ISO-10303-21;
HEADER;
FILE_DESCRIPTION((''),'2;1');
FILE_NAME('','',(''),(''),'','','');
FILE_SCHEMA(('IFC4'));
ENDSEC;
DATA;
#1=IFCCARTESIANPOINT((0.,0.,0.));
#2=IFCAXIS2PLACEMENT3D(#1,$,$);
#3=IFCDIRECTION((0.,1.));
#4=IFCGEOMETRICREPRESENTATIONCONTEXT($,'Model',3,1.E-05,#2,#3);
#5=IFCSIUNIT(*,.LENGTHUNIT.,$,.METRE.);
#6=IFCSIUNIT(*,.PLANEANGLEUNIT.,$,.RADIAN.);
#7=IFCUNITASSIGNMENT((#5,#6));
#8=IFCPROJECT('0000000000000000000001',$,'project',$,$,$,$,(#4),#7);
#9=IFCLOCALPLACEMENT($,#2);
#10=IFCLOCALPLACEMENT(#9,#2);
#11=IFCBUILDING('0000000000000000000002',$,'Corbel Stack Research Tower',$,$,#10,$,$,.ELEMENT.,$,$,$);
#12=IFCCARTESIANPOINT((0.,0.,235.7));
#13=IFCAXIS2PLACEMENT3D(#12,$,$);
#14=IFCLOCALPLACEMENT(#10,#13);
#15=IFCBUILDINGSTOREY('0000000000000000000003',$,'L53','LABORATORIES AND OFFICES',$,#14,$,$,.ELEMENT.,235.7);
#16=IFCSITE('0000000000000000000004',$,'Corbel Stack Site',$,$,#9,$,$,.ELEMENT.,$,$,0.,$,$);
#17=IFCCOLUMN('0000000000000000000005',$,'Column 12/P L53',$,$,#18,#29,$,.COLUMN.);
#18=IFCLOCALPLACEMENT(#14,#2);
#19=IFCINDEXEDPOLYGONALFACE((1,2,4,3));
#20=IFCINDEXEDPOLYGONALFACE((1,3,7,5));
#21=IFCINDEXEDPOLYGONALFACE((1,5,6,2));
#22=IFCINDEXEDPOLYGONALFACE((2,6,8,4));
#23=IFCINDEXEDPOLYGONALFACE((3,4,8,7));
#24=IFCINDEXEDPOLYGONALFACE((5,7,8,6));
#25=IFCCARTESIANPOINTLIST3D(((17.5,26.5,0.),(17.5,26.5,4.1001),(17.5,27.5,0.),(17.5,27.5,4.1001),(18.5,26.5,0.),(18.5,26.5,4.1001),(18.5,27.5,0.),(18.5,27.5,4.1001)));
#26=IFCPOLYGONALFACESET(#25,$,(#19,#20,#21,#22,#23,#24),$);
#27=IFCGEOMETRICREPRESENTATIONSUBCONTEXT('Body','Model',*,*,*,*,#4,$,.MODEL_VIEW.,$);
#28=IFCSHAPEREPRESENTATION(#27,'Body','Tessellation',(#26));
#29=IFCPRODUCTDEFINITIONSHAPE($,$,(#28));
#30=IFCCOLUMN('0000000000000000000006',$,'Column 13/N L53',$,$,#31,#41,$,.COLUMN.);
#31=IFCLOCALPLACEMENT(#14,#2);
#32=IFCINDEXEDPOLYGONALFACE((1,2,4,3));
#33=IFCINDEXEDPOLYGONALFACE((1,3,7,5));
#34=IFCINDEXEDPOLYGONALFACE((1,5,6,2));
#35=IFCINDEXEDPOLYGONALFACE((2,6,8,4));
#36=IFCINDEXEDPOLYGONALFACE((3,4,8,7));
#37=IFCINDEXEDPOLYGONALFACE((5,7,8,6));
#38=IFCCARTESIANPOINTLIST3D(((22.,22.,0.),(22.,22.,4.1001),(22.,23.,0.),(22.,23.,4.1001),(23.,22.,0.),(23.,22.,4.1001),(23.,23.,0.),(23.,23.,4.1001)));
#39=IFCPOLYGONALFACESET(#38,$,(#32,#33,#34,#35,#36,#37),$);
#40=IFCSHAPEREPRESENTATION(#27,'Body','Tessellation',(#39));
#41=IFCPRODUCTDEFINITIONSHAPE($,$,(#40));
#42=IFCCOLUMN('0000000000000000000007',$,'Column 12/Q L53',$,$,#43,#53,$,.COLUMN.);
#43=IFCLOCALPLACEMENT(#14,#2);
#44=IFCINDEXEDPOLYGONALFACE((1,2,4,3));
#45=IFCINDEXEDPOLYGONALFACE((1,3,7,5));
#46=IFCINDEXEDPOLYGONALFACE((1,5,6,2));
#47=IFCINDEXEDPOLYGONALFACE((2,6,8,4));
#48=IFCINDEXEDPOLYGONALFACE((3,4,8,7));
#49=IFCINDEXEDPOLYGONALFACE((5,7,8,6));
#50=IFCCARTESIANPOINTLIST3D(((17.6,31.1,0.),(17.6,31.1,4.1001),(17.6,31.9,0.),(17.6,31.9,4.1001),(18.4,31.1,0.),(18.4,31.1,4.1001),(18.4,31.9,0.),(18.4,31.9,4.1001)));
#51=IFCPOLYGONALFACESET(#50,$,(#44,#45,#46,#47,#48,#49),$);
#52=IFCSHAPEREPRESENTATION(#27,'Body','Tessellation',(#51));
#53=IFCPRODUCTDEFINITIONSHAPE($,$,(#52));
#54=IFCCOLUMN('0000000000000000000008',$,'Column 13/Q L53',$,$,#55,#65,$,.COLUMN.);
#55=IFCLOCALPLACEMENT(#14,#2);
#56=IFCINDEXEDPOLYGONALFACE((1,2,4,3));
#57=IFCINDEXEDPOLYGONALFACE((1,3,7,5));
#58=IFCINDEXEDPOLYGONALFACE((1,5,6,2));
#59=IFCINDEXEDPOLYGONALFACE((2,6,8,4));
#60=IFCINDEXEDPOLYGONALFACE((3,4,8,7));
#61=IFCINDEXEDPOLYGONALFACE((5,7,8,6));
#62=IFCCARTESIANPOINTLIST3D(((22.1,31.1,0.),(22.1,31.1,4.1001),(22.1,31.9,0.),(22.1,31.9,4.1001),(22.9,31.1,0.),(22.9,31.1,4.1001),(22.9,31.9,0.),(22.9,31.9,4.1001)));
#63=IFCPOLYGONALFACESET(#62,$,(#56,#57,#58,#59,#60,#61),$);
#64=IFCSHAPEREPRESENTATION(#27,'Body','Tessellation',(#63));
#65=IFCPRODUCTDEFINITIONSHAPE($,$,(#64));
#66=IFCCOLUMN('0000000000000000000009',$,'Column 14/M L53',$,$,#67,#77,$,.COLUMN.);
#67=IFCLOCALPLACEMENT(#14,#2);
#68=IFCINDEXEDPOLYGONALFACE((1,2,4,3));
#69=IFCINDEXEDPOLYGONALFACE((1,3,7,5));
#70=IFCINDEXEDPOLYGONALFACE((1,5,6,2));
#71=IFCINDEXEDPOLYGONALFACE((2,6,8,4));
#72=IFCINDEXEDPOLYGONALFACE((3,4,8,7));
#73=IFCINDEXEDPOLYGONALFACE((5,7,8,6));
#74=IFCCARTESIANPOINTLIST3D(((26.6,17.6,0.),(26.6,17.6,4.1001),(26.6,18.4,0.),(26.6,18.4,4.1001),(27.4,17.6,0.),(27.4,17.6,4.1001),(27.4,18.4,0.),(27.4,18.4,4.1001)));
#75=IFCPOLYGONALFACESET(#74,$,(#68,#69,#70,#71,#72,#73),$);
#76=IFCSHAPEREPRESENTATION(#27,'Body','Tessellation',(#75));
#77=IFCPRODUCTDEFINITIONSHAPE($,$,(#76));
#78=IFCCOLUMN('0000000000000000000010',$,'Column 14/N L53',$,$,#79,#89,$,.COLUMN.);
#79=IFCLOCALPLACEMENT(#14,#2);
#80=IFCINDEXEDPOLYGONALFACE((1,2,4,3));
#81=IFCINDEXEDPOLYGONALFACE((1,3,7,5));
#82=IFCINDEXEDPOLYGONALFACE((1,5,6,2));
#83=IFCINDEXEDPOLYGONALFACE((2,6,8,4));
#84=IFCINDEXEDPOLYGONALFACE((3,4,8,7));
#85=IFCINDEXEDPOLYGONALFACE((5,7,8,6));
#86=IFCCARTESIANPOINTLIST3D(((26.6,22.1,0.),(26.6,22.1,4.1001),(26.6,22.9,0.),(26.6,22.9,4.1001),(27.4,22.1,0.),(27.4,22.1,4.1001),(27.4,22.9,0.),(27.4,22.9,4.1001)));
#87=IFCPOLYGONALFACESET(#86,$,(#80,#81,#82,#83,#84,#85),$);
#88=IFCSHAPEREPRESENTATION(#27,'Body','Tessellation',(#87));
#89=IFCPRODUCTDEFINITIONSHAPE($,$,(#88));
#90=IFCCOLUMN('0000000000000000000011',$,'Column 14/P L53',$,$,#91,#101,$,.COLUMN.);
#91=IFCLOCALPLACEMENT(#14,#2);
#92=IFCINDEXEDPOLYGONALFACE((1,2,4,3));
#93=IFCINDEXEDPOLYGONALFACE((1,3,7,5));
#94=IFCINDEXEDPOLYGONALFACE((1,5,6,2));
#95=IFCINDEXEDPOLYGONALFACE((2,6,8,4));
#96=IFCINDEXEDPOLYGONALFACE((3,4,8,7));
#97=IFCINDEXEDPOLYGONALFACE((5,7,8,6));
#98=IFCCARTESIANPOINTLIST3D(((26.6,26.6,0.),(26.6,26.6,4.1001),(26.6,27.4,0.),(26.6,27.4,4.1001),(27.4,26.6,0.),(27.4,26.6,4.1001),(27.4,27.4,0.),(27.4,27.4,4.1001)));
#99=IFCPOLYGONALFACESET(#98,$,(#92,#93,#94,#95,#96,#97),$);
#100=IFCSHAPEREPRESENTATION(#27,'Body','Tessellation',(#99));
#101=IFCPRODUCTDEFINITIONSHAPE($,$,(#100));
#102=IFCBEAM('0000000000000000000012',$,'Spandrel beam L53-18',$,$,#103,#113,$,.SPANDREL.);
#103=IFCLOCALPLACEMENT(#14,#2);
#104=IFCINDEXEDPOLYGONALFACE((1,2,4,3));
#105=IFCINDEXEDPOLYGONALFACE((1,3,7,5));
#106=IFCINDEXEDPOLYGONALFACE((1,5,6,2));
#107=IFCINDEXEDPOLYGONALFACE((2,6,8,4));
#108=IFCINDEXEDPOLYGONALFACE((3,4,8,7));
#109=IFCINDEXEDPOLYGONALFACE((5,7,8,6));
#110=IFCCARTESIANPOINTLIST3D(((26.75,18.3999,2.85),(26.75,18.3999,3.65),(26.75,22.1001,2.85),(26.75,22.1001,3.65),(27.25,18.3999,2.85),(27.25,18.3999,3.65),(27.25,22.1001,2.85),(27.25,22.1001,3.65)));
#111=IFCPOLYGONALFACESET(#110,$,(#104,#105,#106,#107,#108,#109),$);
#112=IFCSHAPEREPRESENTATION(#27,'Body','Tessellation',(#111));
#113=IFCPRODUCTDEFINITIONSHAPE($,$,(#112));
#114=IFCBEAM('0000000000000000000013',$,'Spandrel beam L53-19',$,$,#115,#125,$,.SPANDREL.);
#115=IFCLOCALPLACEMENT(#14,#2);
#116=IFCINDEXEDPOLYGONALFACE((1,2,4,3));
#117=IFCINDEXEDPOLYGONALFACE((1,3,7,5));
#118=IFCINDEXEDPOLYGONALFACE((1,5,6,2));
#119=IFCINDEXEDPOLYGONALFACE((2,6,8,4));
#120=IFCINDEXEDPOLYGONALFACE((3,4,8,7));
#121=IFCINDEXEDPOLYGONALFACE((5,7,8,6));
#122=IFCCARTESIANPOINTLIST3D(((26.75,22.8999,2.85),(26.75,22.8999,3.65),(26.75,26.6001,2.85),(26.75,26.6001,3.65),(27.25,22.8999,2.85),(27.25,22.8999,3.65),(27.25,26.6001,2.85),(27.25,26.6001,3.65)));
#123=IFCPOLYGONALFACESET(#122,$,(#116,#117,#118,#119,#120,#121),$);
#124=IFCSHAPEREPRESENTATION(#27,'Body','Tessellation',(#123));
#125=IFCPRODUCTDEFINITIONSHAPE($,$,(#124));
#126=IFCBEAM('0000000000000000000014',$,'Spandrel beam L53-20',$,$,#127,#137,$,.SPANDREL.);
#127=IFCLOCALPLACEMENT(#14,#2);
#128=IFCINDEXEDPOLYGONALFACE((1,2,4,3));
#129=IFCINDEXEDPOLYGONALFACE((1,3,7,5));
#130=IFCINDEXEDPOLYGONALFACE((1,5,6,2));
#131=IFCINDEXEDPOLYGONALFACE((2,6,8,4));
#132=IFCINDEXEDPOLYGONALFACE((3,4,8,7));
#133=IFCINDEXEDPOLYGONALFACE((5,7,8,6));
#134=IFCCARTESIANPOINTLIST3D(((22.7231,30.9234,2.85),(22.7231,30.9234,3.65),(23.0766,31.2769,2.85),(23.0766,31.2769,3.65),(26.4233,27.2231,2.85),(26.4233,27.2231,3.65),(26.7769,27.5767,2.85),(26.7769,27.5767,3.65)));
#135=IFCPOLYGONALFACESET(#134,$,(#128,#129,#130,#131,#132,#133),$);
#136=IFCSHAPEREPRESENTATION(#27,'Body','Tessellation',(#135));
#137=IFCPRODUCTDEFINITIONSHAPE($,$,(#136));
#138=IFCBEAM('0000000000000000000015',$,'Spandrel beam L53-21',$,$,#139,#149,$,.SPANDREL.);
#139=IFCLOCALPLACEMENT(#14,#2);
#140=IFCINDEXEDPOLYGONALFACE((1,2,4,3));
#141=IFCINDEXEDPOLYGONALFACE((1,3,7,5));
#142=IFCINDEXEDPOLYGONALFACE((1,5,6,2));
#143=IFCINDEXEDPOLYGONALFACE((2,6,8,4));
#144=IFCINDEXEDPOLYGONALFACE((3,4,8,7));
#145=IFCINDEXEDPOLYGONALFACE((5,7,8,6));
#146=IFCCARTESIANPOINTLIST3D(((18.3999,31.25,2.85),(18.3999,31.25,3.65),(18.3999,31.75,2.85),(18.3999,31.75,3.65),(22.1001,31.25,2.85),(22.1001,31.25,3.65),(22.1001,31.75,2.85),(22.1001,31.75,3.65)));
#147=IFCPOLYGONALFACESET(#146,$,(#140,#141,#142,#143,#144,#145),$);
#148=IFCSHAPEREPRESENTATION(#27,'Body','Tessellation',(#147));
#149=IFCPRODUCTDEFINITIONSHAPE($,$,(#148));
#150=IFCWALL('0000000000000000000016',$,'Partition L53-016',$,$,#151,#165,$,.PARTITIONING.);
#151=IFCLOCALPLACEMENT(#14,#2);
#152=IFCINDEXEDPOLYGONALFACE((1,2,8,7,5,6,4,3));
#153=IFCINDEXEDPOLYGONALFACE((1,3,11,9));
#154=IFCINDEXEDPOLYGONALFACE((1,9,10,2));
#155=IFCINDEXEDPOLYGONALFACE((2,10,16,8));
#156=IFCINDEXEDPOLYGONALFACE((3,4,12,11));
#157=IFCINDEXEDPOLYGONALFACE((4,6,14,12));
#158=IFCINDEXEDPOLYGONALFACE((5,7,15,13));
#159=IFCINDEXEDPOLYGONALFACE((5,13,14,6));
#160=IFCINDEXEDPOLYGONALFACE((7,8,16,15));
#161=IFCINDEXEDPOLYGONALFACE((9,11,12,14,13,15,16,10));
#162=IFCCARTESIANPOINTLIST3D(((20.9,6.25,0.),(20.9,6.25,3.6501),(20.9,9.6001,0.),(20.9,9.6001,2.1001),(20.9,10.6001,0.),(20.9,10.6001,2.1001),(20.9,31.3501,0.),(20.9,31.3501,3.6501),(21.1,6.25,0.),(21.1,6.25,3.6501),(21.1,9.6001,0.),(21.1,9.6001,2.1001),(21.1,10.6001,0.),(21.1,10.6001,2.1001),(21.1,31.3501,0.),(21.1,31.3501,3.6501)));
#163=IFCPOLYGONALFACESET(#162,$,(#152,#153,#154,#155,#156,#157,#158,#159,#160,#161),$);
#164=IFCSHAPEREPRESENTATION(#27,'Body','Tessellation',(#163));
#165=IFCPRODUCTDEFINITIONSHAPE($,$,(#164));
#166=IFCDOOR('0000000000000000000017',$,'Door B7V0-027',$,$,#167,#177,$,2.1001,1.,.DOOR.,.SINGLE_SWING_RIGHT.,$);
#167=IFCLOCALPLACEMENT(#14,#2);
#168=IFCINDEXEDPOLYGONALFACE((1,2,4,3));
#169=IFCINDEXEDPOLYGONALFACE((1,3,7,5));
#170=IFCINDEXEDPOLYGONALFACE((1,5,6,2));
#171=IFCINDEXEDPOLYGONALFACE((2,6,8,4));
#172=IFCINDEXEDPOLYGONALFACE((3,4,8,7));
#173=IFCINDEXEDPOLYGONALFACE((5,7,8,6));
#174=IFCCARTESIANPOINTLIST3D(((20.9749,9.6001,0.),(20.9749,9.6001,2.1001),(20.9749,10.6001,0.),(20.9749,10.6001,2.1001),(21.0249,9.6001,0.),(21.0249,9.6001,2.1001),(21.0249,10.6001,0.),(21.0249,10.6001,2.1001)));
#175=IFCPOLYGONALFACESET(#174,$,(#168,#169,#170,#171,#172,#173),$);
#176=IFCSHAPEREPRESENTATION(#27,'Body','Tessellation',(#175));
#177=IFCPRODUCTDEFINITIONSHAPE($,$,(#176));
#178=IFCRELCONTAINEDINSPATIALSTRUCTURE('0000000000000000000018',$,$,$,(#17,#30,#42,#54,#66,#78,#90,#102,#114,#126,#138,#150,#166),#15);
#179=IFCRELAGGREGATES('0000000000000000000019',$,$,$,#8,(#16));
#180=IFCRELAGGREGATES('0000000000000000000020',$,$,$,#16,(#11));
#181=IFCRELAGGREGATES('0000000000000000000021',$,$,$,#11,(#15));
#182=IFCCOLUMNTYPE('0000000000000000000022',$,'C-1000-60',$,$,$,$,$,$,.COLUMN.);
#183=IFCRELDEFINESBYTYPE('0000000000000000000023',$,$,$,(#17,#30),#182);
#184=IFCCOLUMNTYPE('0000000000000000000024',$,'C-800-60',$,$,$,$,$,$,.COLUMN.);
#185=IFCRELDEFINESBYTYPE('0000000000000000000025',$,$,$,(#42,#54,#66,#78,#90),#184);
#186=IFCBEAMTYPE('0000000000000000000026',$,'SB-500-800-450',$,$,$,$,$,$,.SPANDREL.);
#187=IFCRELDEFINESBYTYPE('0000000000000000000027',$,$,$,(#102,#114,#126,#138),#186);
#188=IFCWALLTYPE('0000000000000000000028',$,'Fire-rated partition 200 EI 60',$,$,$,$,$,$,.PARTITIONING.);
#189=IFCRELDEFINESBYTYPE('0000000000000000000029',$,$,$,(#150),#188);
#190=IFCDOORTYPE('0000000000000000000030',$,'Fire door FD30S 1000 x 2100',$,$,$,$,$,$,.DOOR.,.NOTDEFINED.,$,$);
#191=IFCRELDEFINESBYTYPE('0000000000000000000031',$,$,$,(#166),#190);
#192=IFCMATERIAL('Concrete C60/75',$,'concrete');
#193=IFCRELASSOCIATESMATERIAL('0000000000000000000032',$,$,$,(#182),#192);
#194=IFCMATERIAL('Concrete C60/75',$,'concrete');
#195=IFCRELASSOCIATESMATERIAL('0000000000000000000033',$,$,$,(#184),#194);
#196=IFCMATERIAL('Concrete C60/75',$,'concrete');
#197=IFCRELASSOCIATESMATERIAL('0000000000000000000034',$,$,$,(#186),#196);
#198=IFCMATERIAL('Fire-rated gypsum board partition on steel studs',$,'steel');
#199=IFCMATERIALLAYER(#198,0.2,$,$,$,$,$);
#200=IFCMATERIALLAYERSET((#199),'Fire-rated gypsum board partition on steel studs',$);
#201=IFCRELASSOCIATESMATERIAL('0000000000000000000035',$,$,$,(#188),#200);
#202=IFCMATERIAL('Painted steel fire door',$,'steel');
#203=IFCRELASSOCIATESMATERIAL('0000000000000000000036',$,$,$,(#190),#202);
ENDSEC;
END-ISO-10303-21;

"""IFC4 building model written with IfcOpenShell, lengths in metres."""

from ifc_helpers import new_model, si_unit, direction, frame, frame_2d, origin, origin_2d, place, context, subcontext, project, spatial, rectangle, extrude, material, layer, layer_set, material_profile, profile_set, type_object, element, fill, save


model = new_model("IFC4")

# Units and contexts
model_context = context("Model", 3, precision=1e-05, world=origin(), true_north=direction((0.0, 1.0)))
body_context = subcontext(model_context, "Body", "Model", "MODEL_VIEW")
ifc_project = project(units=[si_unit("LENGTHUNIT", "METRE"), si_unit("PLANEANGLEUNIT", "RADIAN")], contexts=[model_context])

# Site, building, storey
site_placement = place(None, origin())
site = spatial("IfcSite", under=ifc_project, at=site_placement, Name="Corbel Stack Site", CompositionType="ELEMENT", RefElevation=0.0)
building_placement = place(site_placement, origin())
building = spatial("IfcBuilding", under=site, at=building_placement, Name="Corbel Stack Research Tower", CompositionType="ELEMENT")
storey_placement = place(building_placement, frame((0.0, 0.0, 235.7)))
storey = spatial("IfcBuildingStorey", under=building, at=storey_placement, Name="L53", Description="LABORATORIES AND OFFICES", CompositionType="ELEMENT", Elevation=235.7)

# Columns
ifc_material_1 = material(Name="Concrete C60/75", Category="concrete")
ifc_material_profile_1 = material_profile(ifc_material_1, rectangle(XDim=1.0, YDim=1.0, at=origin_2d()), Name="RC 1000 x 1000")
ifc_profile_set_1 = profile_set([ifc_material_profile_1], Name="Concrete C60/75")
column_type_1 = type_object("IfcColumnType", Name="C-1000-60", PredefinedType="COLUMN", material=ifc_profile_set_1)
for number, where, z_axis, x_axis, name in (
    (1, (18.0, 27.0, 0.0), (0.0, 0.0, 1.0), (1.0, 0.0, 0.0), "Column 12/P L53"),
    (2, (22.5, 22.5, 0.0), (0.0, 0.0, 1.0), (1.0, 0.0, 0.0), "Column 13/N L53"),
):
    element("IfcColumn", number, at=place(storey_placement, frame(where, z_axis=z_axis, x_axis=x_axis)), inside=storey, type_object=column_type_1, Name=name, PredefinedType="COLUMN", context=body_context, shape_type="SweptSolid", body=[
        extrude(rectangle(XDim=1.0, YDim=1.0, at=origin_2d()), origin(), (0.0, 0.0, 1.0), 4.1001),
    ])
ifc_material_2 = material(Name="Concrete C60/75", Category="concrete")
ifc_material_profile_2 = material_profile(ifc_material_2, rectangle(XDim=0.8, YDim=0.8, at=origin_2d()), Name="RC 800 x 800")
ifc_profile_set_2 = profile_set([ifc_material_profile_2], Name="Concrete C60/75")
column_type_2 = type_object("IfcColumnType", Name="C-800-60", PredefinedType="COLUMN", material=ifc_profile_set_2)
for number, where, z_axis, x_axis, name in (
    (3, (18.0, 31.5, 0.0), (0.0, 0.0, 1.0), (1.0, 0.0, 0.0), "Column 12/Q L53"),
    (4, (22.5, 31.5, 0.0), (0.0, 0.0, 1.0), (1.0, 0.0, 0.0), "Column 13/Q L53"),
    (5, (27.0, 18.0, 0.0), (0.0, 0.0, 1.0), (1.0, 0.0, 0.0), "Column 14/M L53"),
    (6, (27.0, 22.5, 0.0), (0.0, 0.0, 1.0), (1.0, 0.0, 0.0), "Column 14/N L53"),
    (7, (27.0, 27.0, 0.0), (0.0, 0.0, 1.0), (1.0, 0.0, 0.0), "Column 14/P L53"),
):
    element("IfcColumn", number, at=place(storey_placement, frame(where, z_axis=z_axis, x_axis=x_axis)), inside=storey, type_object=column_type_2, Name=name, PredefinedType="COLUMN", context=body_context, shape_type="SweptSolid", body=[
        extrude(rectangle(XDim=0.8, YDim=0.8, at=origin_2d()), origin(), (0.0, 0.0, 1.0), 4.1001),
    ])

# Beams
ifc_material_3 = material(Name="Concrete C60/75", Category="concrete")
ifc_material_profile_3 = material_profile(ifc_material_3, rectangle(XDim=0.5, YDim=0.8, at=origin_2d()), Name="RC 500 x 800")
ifc_profile_set_3 = profile_set([ifc_material_profile_3], Name="Concrete C60/75")
beam_type = type_object("IfcBeamType", Name="SB-500-800-450", PredefinedType="SPANDREL", material=ifc_profile_set_3)
for number, where, z_axis, x_axis, name in (
    (8, (27.0, 18.3999, 3.25), (0.0, 1.0, 0.0), (-1.0, 0.0, 0.0), "Spandrel beam L53-18"),
    (9, (27.0, 22.8999, 3.25), (0.0, 1.0, 0.0), (-1.0, 0.0, 0.0), "Spandrel beam L53-19"),
):
    element("IfcBeam", number, at=place(storey_placement, frame(where, z_axis=z_axis, x_axis=x_axis)), inside=storey, type_object=beam_type, Name=name, PredefinedType="SPANDREL", context=body_context, shape_type="SweptSolid", body=[
        extrude(rectangle(XDim=0.5, YDim=0.8, at=origin_2d()), origin(), (0.0, 0.0, 1.0), 3.7002),
    ])
beam_1_placement = place(storey_placement, frame((26.6001, 27.3999, 3.25), z_axis=(-0.707107, 0.707107, 0.0), x_axis=(-0.707107, -0.707107, 0.0)))
element("IfcBeam", 10, at=beam_1_placement, inside=storey, type_object=beam_type, Name="Spandrel beam L53-20", PredefinedType="SPANDREL", context=body_context, shape_type="SweptSolid", body=[
    extrude(rectangle(XDim=0.5, YDim=0.8, at=origin_2d()), origin(), (0.0, 0.0, 1.0), 5.2329),
])
beam_2_placement = place(storey_placement, frame((22.1001, 31.5, 3.25), z_axis=(-1.0, 0.0, 0.0), x_axis=(0.0, -1.0, 0.0)))
element("IfcBeam", 11, at=beam_2_placement, inside=storey, type_object=beam_type, Name="Spandrel beam L53-21", PredefinedType="SPANDREL", context=body_context, shape_type="SweptSolid", body=[
    extrude(rectangle(XDim=0.5, YDim=0.8, at=origin_2d()), origin(), (0.0, 0.0, 1.0), 3.7002),
])

# Wall, opening, door
ifc_material_4 = material(Name="Fire-rated gypsum board partition on steel studs", Category="steel")
ifc_layer_1 = layer(ifc_material_4, 0.2)
ifc_layer_set_1 = layer_set([ifc_layer_1], Name="Fire-rated gypsum board partition on steel studs")
wall_type_1 = type_object("IfcWallType", Name="Fire-rated partition 200 EI 60", PredefinedType="PARTITIONING", material=ifc_layer_set_1)
wall_1_placement = place(storey_placement, frame((21.0, 31.3501, 0.0), z_axis=(0.0, 0.0, 1.0), x_axis=(0.0, -1.0, 0.0)))
wall_1 = element("IfcWall", 12, at=wall_1_placement, inside=storey, type_object=wall_type_1, Name="Partition L53-016", PredefinedType="PARTITIONING", context=body_context, shape_type="SweptSolid", body=[
    extrude(rectangle(XDim=25.1001, YDim=0.2, at=frame_2d((12.55, 0.0))), origin(), (0.0, 0.0, 1.0), 3.6501),
])
opening_1_placement = place(wall_1_placement, frame((20.75, 0.0, 0.0)))
opening_1 = element("IfcOpeningElement", 13, at=opening_1_placement, cuts=wall_1, PredefinedType="OPENING", context=body_context, shape_type="SweptSolid", body=[
    extrude(rectangle(XDim=1.0, YDim=2.1001, at=frame_2d((0.5, 1.05))), frame((0.0, 0.1099, 0.0), z_axis=(0.0, -1.0, 0.0), x_axis=(1.0, 0.0, 0.0)), (0.0, 0.0, 1.0), 0.22),
])
ifc_material_5 = material(Name="Painted steel fire door", Category="steel")
door_type_1 = type_object("IfcDoorType", Name="Fire door FD30S 1000 x 2100", OperationType="NOTDEFINED", PredefinedType="DOOR", material=ifc_material_5)
door_1_placement = place(opening_1_placement, origin())
door_1 = element("IfcDoor", 14, at=door_1_placement, inside=storey, type_object=door_type_1, Name="Door B7V0-027", OperationType="SINGLE_SWING_RIGHT", OverallHeight=2.1001, OverallWidth=1.0, PredefinedType="DOOR", context=body_context, shape_type="SweptSolid", body=[
    extrude(rectangle(XDim=1.0, YDim=2.1001, at=frame_2d((0.5, 1.05))), frame((0.0, 0.0249, 0.0), z_axis=(0.0, -1.0, 0.0), x_axis=(1.0, 0.0, 0.0)), (0.0, 0.0, 1.0), 0.05),
])
fill(opening_1, door_1)

save(model, "model.ifc")
